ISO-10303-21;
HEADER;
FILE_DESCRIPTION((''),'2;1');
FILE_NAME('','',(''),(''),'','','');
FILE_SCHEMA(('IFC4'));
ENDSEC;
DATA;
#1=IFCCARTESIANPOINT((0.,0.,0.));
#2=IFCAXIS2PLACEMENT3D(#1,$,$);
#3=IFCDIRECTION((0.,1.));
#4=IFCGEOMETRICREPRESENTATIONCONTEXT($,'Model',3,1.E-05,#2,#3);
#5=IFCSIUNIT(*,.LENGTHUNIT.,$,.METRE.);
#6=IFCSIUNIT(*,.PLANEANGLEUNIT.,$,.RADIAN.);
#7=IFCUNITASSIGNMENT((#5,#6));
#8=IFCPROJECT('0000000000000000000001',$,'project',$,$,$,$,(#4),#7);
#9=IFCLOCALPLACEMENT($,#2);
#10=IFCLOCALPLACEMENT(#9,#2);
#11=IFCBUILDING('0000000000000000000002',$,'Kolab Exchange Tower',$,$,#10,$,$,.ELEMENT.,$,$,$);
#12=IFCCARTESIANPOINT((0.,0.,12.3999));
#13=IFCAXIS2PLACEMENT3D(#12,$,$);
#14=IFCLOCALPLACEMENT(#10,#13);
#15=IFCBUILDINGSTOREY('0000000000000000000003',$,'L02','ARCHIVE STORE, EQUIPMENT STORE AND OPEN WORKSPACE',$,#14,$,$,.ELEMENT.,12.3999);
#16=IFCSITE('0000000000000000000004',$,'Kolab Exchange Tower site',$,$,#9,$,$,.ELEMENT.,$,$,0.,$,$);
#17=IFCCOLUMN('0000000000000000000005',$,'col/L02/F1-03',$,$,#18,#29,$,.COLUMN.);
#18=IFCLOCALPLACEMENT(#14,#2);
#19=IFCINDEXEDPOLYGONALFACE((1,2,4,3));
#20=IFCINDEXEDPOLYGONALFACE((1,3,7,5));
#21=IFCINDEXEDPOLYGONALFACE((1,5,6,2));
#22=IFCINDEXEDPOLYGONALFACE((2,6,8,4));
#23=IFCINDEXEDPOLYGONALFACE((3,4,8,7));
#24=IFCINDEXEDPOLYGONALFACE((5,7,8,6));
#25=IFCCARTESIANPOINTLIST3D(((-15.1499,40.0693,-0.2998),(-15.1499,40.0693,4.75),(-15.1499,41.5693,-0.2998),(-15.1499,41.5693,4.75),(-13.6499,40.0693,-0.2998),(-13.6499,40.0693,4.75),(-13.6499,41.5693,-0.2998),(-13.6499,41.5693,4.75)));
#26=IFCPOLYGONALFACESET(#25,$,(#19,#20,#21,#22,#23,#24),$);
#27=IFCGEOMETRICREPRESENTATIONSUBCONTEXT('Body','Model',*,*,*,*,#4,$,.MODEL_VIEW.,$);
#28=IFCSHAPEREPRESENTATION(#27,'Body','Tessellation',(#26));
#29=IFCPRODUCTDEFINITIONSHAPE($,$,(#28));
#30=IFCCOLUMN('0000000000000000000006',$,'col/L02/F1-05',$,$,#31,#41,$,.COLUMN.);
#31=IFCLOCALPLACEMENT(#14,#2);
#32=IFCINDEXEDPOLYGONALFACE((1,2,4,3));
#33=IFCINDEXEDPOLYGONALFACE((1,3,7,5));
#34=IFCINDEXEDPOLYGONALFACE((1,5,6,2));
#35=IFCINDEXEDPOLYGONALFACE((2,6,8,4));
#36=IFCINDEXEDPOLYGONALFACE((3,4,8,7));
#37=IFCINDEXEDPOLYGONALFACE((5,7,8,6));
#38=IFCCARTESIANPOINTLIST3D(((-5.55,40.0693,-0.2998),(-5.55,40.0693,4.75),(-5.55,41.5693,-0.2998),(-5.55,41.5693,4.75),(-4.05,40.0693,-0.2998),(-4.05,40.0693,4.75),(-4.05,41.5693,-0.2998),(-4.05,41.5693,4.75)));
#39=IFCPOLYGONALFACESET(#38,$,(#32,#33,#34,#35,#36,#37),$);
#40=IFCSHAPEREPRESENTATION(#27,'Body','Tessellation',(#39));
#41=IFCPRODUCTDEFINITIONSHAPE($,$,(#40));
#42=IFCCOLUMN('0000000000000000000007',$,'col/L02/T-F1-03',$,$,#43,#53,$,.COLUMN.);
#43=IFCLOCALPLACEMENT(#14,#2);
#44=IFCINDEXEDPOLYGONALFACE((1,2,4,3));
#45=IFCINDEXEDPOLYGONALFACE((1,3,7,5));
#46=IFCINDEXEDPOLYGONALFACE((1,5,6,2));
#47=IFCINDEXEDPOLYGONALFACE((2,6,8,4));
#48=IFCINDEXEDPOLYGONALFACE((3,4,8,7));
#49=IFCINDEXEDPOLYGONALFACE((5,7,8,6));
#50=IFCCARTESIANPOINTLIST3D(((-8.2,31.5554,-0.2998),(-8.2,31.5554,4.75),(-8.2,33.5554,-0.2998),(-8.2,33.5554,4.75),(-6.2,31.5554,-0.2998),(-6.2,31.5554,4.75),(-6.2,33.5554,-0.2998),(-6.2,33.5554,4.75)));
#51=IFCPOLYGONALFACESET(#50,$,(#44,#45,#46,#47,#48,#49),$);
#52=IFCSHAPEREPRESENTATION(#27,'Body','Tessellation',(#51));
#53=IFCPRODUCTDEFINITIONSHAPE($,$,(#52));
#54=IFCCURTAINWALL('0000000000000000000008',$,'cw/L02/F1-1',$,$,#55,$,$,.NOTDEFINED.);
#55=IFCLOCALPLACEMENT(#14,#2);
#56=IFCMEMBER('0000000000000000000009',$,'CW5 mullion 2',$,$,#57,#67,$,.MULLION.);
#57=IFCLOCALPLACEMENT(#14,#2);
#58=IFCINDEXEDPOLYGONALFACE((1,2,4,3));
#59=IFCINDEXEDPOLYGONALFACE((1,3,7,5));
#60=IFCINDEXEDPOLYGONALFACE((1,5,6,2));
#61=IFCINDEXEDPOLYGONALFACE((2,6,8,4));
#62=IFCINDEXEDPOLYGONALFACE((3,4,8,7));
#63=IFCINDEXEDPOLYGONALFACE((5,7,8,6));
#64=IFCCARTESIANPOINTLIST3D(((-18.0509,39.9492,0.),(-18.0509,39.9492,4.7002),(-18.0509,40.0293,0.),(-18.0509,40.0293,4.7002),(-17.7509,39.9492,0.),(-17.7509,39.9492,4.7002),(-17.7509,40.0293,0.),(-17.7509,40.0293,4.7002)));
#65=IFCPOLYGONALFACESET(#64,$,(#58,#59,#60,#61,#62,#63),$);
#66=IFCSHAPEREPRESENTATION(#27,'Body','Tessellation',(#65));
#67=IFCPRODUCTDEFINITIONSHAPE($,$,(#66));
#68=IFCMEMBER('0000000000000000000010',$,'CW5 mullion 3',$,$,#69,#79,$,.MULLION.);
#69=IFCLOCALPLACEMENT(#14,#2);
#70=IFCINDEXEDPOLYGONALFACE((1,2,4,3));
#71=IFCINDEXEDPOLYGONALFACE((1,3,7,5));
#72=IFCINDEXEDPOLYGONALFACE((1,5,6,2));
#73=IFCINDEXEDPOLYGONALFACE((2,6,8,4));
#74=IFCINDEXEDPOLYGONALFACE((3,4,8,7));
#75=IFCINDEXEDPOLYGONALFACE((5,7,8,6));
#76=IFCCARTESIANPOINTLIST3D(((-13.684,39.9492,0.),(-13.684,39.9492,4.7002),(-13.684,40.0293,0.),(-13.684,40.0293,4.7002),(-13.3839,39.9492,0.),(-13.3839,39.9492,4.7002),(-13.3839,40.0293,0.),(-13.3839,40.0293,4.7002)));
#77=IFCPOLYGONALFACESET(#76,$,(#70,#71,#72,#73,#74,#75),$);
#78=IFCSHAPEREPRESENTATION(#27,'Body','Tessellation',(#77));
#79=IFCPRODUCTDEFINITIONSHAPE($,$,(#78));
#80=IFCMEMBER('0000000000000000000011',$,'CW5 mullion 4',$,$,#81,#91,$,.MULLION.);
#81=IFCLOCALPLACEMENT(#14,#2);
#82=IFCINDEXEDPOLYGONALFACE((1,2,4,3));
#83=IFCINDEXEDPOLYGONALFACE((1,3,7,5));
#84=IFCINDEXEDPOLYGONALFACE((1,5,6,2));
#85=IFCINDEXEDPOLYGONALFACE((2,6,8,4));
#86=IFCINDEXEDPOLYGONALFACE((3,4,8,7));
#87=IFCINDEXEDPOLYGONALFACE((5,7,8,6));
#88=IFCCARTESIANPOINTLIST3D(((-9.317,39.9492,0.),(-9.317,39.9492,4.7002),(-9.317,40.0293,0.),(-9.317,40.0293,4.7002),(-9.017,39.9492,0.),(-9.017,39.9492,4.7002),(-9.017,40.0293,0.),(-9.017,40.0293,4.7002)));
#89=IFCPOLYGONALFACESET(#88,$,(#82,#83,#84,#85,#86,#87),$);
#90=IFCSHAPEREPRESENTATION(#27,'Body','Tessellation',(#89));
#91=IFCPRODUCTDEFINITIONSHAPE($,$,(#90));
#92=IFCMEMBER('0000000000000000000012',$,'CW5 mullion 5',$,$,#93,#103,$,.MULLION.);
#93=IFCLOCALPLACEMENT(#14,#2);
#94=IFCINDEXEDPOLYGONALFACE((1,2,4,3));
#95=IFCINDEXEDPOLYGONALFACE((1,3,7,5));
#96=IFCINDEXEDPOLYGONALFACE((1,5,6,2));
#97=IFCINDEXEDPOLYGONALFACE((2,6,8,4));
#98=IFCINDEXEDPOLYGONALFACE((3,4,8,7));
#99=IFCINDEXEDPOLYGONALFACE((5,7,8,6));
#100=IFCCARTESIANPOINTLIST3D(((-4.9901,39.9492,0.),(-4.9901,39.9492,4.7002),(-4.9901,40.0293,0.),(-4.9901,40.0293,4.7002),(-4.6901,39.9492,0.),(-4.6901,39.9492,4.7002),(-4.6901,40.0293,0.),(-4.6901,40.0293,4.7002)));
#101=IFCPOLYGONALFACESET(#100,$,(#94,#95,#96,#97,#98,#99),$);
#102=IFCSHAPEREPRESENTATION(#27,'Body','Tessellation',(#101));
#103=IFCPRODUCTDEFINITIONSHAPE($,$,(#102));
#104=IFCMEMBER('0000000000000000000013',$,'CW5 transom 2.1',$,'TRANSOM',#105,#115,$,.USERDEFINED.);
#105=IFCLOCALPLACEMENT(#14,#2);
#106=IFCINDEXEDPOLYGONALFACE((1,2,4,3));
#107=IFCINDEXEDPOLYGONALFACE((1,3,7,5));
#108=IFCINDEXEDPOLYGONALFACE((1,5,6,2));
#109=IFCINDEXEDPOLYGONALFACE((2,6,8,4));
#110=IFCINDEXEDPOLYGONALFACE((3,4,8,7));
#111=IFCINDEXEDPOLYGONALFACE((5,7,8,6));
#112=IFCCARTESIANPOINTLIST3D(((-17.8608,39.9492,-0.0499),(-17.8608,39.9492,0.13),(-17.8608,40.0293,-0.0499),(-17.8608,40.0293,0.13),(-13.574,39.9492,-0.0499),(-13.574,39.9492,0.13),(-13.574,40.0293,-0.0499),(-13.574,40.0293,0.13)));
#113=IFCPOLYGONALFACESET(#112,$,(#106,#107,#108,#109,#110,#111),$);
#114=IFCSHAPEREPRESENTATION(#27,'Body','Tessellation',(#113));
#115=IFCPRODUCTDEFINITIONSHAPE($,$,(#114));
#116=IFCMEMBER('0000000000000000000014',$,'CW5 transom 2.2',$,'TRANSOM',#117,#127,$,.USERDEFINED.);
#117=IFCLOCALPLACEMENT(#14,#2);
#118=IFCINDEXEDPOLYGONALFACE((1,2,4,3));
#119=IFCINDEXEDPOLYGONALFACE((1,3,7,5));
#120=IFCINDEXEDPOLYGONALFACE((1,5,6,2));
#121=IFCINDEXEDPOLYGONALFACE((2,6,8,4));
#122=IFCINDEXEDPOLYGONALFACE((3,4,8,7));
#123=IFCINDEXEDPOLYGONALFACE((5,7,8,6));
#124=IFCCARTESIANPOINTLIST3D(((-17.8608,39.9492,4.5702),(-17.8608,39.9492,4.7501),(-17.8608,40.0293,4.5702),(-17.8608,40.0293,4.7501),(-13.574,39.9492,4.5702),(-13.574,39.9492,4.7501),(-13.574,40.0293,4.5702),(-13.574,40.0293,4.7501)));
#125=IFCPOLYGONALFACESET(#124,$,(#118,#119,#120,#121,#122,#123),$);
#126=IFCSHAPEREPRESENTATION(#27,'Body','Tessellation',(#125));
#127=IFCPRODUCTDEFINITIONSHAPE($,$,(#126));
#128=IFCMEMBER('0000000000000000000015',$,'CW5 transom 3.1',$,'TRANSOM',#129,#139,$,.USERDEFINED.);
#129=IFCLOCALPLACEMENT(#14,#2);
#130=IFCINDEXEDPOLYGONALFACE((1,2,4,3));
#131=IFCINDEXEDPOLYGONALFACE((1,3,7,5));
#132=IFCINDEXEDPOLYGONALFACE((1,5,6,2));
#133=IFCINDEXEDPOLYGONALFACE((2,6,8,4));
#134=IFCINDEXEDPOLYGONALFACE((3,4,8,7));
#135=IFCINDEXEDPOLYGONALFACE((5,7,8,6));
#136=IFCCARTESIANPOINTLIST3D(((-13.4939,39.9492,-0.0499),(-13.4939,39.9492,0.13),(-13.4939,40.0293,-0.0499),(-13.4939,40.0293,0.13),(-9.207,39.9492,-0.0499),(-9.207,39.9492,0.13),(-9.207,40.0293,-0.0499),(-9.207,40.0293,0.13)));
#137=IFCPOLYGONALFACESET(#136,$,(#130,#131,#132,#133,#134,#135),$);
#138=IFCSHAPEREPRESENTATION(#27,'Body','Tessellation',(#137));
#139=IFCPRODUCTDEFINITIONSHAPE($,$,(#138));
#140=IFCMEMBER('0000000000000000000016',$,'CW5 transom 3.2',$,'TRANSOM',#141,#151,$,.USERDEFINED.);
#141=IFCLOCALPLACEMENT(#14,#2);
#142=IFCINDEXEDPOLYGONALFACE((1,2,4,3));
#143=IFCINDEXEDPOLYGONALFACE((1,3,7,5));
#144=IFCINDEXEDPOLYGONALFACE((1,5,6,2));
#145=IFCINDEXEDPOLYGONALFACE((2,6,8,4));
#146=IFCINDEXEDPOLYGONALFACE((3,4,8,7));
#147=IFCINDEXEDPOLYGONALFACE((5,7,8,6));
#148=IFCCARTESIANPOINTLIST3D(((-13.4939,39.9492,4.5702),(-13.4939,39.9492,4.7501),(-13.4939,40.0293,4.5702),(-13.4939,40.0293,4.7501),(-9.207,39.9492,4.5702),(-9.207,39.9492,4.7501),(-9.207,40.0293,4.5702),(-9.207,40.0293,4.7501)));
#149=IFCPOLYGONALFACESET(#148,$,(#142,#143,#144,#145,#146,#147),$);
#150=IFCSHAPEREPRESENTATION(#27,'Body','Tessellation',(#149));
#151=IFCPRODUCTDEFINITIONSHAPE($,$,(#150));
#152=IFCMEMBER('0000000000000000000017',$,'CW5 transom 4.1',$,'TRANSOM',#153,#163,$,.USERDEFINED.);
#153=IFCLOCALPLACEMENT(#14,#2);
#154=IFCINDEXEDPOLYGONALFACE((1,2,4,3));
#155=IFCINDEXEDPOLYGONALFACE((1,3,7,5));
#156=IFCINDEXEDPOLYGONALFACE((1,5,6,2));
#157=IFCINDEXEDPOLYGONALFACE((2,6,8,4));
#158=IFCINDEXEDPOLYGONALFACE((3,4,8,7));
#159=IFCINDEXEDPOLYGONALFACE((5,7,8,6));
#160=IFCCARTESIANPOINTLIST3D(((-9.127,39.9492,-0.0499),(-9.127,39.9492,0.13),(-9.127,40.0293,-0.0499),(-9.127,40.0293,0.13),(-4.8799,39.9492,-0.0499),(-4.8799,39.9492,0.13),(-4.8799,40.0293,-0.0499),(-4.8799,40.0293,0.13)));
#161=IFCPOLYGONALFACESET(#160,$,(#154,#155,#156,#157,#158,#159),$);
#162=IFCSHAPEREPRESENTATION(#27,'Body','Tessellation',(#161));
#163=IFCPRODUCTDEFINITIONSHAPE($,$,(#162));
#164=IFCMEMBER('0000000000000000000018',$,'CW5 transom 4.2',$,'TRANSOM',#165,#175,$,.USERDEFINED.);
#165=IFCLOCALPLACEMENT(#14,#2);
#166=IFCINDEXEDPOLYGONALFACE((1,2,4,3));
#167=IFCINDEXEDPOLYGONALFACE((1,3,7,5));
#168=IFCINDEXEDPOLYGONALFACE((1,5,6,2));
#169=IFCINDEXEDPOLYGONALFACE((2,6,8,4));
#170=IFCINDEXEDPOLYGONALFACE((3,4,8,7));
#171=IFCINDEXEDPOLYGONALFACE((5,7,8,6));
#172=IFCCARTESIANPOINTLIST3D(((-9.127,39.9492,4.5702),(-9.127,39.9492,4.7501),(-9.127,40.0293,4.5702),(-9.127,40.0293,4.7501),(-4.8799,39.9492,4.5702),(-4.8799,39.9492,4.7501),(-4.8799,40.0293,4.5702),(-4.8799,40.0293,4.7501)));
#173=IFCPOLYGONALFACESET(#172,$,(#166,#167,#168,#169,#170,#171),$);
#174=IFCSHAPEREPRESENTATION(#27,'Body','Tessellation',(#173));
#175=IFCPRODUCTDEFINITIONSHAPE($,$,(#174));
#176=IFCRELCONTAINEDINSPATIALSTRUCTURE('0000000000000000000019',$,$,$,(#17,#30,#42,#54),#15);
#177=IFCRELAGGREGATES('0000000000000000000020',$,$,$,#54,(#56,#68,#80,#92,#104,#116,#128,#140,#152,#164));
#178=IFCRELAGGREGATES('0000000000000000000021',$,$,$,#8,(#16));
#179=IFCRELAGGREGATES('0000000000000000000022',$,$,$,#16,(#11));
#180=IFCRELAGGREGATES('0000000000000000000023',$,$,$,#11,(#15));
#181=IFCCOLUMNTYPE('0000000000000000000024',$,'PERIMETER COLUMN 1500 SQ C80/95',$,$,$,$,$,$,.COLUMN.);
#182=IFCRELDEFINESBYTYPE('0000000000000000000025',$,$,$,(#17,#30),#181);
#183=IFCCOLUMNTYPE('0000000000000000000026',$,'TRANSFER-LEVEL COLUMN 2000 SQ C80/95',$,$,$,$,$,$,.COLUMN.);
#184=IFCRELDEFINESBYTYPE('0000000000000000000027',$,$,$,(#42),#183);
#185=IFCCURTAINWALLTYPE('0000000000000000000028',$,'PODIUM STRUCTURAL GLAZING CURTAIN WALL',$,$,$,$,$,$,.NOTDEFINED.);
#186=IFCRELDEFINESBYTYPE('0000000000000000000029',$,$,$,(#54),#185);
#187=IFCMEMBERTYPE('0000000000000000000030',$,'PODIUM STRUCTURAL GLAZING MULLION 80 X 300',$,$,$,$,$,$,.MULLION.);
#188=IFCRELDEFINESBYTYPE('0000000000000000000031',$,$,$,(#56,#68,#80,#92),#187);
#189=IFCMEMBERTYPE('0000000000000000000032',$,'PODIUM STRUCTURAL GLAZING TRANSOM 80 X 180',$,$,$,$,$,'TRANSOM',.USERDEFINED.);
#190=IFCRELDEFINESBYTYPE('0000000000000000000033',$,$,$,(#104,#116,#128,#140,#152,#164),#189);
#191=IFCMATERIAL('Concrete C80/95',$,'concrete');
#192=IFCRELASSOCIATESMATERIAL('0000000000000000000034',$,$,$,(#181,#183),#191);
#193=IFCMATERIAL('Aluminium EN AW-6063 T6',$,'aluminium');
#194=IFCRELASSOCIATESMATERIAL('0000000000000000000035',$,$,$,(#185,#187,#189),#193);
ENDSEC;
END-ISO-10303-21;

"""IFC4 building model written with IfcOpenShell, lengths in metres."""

from ifc_helpers import new_model, si_unit, direction, frame, origin, origin_2d, place, context, subcontext, project, spatial, rectangle, extrude, material, material_profile, profile_set, type_object, element, aggregate, save


model = new_model("IFC4")

# Units and contexts
model_context = context("Model", 3, precision=1e-05, world=origin(), true_north=direction((0.0, 1.0)))
body_context = subcontext(model_context, "Body", "Model", "MODEL_VIEW")
ifc_project = project(units=[si_unit("LENGTHUNIT", "METRE"), si_unit("PLANEANGLEUNIT", "RADIAN")], contexts=[model_context])

# Site, building, storey
site_placement = place(None, origin())
site = spatial("IfcSite", under=ifc_project, at=site_placement, Name="Kolab Exchange Tower site", CompositionType="ELEMENT", RefElevation=0.0)
building_placement = place(site_placement, origin())
building = spatial("IfcBuilding", under=site, at=building_placement, Name="Kolab Exchange Tower", CompositionType="ELEMENT")
storey_placement = place(building_placement, frame((0.0, 0.0, 12.3999)))
storey = spatial("IfcBuildingStorey", under=building, at=storey_placement, Name="L02", Description="ARCHIVE STORE, EQUIPMENT STORE AND OPEN WORKSPACE", CompositionType="ELEMENT", Elevation=12.3999)

# Columns
ifc_material_1 = material(Name="Concrete C80/95", Category="concrete")
ifc_material_profile_1 = material_profile(ifc_material_1, rectangle(XDim=1.5, YDim=1.5, at=origin_2d()), Name="RC1500")
ifc_profile_set_1 = profile_set([ifc_material_profile_1], Name="Concrete C80/95")
column_type_1 = type_object("IfcColumnType", Name="PERIMETER COLUMN 1500 SQ C80/95", PredefinedType="COLUMN", material=ifc_profile_set_1)
for number, where, z_axis, x_axis, name in (
    (1, (-14.3999, 40.8193, -0.2998), (0.0, 0.0, 1.0), (1.0, 0.0, 0.0), "col/L02/F1-03"),
    (2, (-4.8, 40.8193, -0.2998), (0.0, 0.0, 1.0), (1.0, 0.0, 0.0), "col/L02/F1-05"),
):
    element("IfcColumn", number, at=place(storey_placement, frame(where, z_axis=z_axis, x_axis=x_axis)), inside=storey, type_object=column_type_1, Name=name, PredefinedType="COLUMN", context=body_context, shape_type="SweptSolid", body=[
        extrude(rectangle(XDim=1.5, YDim=1.5, at=origin_2d()), origin(), (0.0, 0.0, 1.0), 5.0498),
    ])
ifc_material_profile_2 = material_profile(ifc_material_1, rectangle(XDim=2.0, YDim=2.0, at=origin_2d()), Name="RC2000")
ifc_profile_set_2 = profile_set([ifc_material_profile_2], Name="Concrete C80/95")
column_type_2 = type_object("IfcColumnType", Name="TRANSFER-LEVEL COLUMN 2000 SQ C80/95", PredefinedType="COLUMN", material=ifc_profile_set_2)
column_placement = place(storey_placement, frame((-7.2, 32.5554, -0.2998), z_axis=(0.0, 0.0, 1.0), x_axis=(1.0, 0.0, 0.0)))
element("IfcColumn", 3, at=column_placement, inside=storey, type_object=column_type_2, Name="col/L02/T-F1-03", PredefinedType="COLUMN", context=body_context, shape_type="SweptSolid", body=[
    extrude(rectangle(XDim=2.0, YDim=2.0, at=origin_2d()), origin(), (0.0, 0.0, 1.0), 5.0498),
])

# Curtain wall, members
ifc_material_2 = material(Name="Aluminium EN AW-6063 T6", Category="aluminium")
curtain_wall_type = type_object("IfcCurtainWallType", Name="PODIUM STRUCTURAL GLAZING CURTAIN WALL", PredefinedType="NOTDEFINED", material=ifc_material_2)
curtain_wall_placement = place(storey_placement, origin())
curtain_wall = element("IfcCurtainWall", 4, at=curtain_wall_placement, inside=storey, type_object=curtain_wall_type, Name="cw/L02/F1-1", PredefinedType="NOTDEFINED")
ifc_material_profile_3 = material_profile(ifc_material_2, rectangle(XDim=0.0801, YDim=0.3, at=origin_2d()), Name="RECT 80X300")
ifc_profile_set_3 = profile_set([ifc_material_profile_3], Name="Aluminium EN AW-6063 T6")
member_type_1 = type_object("IfcMemberType", Name="PODIUM STRUCTURAL GLAZING MULLION 80 X 300", PredefinedType="MULLION", material=ifc_profile_set_3)
member_1_placement = place(storey_placement, frame((-17.9009, 39.9893, 0.0), z_axis=(0.0, 0.0, 1.0), x_axis=(0.0, 1.0, 0.0)))
member_1 = element("IfcMember", 5, at=member_1_placement, type_object=member_type_1, Name="CW5 mullion 2", PredefinedType="MULLION", context=body_context, shape_type="SweptSolid", body=[
    extrude(rectangle(XDim=0.0801, YDim=0.3, at=origin_2d()), origin(), (0.0, 0.0, 1.0), 4.7002),
])
member_2_placement = place(storey_placement, frame((-13.5339, 39.9893, 0.0), z_axis=(0.0, 0.0, 1.0), x_axis=(0.0, 1.0, 0.0)))
member_2 = element("IfcMember", 6, at=member_2_placement, type_object=member_type_1, Name="CW5 mullion 3", PredefinedType="MULLION", context=body_context, shape_type="SweptSolid", body=[
    extrude(rectangle(XDim=0.0801, YDim=0.3, at=origin_2d()), origin(), (0.0, 0.0, 1.0), 4.7002),
])
member_3_placement = place(storey_placement, frame((-9.167, 39.9893, 0.0), z_axis=(0.0, 0.0, 1.0), x_axis=(0.0, 1.0, 0.0)))
member_3 = element("IfcMember", 7, at=member_3_placement, type_object=member_type_1, Name="CW5 mullion 4", PredefinedType="MULLION", context=body_context, shape_type="SweptSolid", body=[
    extrude(rectangle(XDim=0.0801, YDim=0.3, at=origin_2d()), origin(), (0.0, 0.0, 1.0), 4.7002),
])
member_4_placement = place(storey_placement, frame((-4.8401, 39.9893, 0.0), z_axis=(0.0, 0.0, 1.0), x_axis=(0.0, 1.0, 0.0)))
member_4 = element("IfcMember", 8, at=member_4_placement, type_object=member_type_1, Name="CW5 mullion 5", PredefinedType="MULLION", context=body_context, shape_type="SweptSolid", body=[
    extrude(rectangle(XDim=0.0801, YDim=0.3, at=origin_2d()), origin(), (0.0, 0.0, 1.0), 4.7002),
])
ifc_material_profile_4 = material_profile(ifc_material_2, rectangle(XDim=0.0801, YDim=0.1799, at=origin_2d()), Name="RECT 80X180")
ifc_profile_set_4 = profile_set([ifc_material_profile_4], Name="Aluminium EN AW-6063 T6")
member_type_2 = type_object("IfcMemberType", Name="PODIUM STRUCTURAL GLAZING TRANSOM 80 X 180", ElementType="TRANSOM", PredefinedType="USERDEFINED", material=ifc_profile_set_4)
member_5_placement = place(storey_placement, frame((-17.8608, 39.9893, 0.04), z_axis=(1.0, 0.0, 0.0), x_axis=(0.0, 1.0, 0.0)))
member_5 = element("IfcMember", 9, at=member_5_placement, type_object=member_type_2, Name="CW5 transom 2.1", ObjectType="TRANSOM", PredefinedType="USERDEFINED", context=body_context, shape_type="SweptSolid", body=[
    extrude(rectangle(XDim=0.0801, YDim=0.1799, at=origin_2d()), origin(), (0.0, 0.0, 1.0), 4.2869),
])
member_6_placement = place(storey_placement, frame((-17.8608, 39.9893, 4.6602), z_axis=(1.0, 0.0, 0.0), x_axis=(0.0, 1.0, 0.0)))
member_6 = element("IfcMember", 10, at=member_6_placement, type_object=member_type_2, Name="CW5 transom 2.2", ObjectType="TRANSOM", PredefinedType="USERDEFINED", context=body_context, shape_type="SweptSolid", body=[
    extrude(rectangle(XDim=0.0801, YDim=0.1799, at=origin_2d()), origin(), (0.0, 0.0, 1.0), 4.2869),
])
member_7_placement = place(storey_placement, frame((-13.4939, 39.9893, 0.04), z_axis=(1.0, 0.0, 0.0), x_axis=(0.0, 1.0, 0.0)))
member_7 = element("IfcMember", 11, at=member_7_placement, type_object=member_type_2, Name="CW5 transom 3.1", ObjectType="TRANSOM", PredefinedType="USERDEFINED", context=body_context, shape_type="SweptSolid", body=[
    extrude(rectangle(XDim=0.0801, YDim=0.1799, at=origin_2d()), origin(), (0.0, 0.0, 1.0), 4.2869),
])
member_8_placement = place(storey_placement, frame((-13.4939, 39.9893, 4.6602), z_axis=(1.0, 0.0, 0.0), x_axis=(0.0, 1.0, 0.0)))
member_8 = element("IfcMember", 12, at=member_8_placement, type_object=member_type_2, Name="CW5 transom 3.2", ObjectType="TRANSOM", PredefinedType="USERDEFINED", context=body_context, shape_type="SweptSolid", body=[
    extrude(rectangle(XDim=0.0801, YDim=0.1799, at=origin_2d()), origin(), (0.0, 0.0, 1.0), 4.2869),
])
member_9_placement = place(storey_placement, frame((-9.127, 39.9893, 0.04), z_axis=(1.0, 0.0, 0.0), x_axis=(0.0, 1.0, 0.0)))
member_9 = element("IfcMember", 13, at=member_9_placement, type_object=member_type_2, Name="CW5 transom 4.1", ObjectType="TRANSOM", PredefinedType="USERDEFINED", context=body_context, shape_type="SweptSolid", body=[
    extrude(rectangle(XDim=0.0801, YDim=0.1799, at=origin_2d()), origin(), (0.0, 0.0, 1.0), 4.2471),
])
member_10_placement = place(storey_placement, frame((-9.127, 39.9893, 4.6602), z_axis=(1.0, 0.0, 0.0), x_axis=(0.0, 1.0, 0.0)))
member_10 = element("IfcMember", 14, at=member_10_placement, type_object=member_type_2, Name="CW5 transom 4.2", ObjectType="TRANSOM", PredefinedType="USERDEFINED", context=body_context, shape_type="SweptSolid", body=[
    extrude(rectangle(XDim=0.0801, YDim=0.1799, at=origin_2d()), origin(), (0.0, 0.0, 1.0), 4.2471),
])

aggregate(curtain_wall, [member_1, member_2, member_3, member_4, member_5, member_6, member_7, member_8, member_9, member_10])

save(model, "model.ifc")
